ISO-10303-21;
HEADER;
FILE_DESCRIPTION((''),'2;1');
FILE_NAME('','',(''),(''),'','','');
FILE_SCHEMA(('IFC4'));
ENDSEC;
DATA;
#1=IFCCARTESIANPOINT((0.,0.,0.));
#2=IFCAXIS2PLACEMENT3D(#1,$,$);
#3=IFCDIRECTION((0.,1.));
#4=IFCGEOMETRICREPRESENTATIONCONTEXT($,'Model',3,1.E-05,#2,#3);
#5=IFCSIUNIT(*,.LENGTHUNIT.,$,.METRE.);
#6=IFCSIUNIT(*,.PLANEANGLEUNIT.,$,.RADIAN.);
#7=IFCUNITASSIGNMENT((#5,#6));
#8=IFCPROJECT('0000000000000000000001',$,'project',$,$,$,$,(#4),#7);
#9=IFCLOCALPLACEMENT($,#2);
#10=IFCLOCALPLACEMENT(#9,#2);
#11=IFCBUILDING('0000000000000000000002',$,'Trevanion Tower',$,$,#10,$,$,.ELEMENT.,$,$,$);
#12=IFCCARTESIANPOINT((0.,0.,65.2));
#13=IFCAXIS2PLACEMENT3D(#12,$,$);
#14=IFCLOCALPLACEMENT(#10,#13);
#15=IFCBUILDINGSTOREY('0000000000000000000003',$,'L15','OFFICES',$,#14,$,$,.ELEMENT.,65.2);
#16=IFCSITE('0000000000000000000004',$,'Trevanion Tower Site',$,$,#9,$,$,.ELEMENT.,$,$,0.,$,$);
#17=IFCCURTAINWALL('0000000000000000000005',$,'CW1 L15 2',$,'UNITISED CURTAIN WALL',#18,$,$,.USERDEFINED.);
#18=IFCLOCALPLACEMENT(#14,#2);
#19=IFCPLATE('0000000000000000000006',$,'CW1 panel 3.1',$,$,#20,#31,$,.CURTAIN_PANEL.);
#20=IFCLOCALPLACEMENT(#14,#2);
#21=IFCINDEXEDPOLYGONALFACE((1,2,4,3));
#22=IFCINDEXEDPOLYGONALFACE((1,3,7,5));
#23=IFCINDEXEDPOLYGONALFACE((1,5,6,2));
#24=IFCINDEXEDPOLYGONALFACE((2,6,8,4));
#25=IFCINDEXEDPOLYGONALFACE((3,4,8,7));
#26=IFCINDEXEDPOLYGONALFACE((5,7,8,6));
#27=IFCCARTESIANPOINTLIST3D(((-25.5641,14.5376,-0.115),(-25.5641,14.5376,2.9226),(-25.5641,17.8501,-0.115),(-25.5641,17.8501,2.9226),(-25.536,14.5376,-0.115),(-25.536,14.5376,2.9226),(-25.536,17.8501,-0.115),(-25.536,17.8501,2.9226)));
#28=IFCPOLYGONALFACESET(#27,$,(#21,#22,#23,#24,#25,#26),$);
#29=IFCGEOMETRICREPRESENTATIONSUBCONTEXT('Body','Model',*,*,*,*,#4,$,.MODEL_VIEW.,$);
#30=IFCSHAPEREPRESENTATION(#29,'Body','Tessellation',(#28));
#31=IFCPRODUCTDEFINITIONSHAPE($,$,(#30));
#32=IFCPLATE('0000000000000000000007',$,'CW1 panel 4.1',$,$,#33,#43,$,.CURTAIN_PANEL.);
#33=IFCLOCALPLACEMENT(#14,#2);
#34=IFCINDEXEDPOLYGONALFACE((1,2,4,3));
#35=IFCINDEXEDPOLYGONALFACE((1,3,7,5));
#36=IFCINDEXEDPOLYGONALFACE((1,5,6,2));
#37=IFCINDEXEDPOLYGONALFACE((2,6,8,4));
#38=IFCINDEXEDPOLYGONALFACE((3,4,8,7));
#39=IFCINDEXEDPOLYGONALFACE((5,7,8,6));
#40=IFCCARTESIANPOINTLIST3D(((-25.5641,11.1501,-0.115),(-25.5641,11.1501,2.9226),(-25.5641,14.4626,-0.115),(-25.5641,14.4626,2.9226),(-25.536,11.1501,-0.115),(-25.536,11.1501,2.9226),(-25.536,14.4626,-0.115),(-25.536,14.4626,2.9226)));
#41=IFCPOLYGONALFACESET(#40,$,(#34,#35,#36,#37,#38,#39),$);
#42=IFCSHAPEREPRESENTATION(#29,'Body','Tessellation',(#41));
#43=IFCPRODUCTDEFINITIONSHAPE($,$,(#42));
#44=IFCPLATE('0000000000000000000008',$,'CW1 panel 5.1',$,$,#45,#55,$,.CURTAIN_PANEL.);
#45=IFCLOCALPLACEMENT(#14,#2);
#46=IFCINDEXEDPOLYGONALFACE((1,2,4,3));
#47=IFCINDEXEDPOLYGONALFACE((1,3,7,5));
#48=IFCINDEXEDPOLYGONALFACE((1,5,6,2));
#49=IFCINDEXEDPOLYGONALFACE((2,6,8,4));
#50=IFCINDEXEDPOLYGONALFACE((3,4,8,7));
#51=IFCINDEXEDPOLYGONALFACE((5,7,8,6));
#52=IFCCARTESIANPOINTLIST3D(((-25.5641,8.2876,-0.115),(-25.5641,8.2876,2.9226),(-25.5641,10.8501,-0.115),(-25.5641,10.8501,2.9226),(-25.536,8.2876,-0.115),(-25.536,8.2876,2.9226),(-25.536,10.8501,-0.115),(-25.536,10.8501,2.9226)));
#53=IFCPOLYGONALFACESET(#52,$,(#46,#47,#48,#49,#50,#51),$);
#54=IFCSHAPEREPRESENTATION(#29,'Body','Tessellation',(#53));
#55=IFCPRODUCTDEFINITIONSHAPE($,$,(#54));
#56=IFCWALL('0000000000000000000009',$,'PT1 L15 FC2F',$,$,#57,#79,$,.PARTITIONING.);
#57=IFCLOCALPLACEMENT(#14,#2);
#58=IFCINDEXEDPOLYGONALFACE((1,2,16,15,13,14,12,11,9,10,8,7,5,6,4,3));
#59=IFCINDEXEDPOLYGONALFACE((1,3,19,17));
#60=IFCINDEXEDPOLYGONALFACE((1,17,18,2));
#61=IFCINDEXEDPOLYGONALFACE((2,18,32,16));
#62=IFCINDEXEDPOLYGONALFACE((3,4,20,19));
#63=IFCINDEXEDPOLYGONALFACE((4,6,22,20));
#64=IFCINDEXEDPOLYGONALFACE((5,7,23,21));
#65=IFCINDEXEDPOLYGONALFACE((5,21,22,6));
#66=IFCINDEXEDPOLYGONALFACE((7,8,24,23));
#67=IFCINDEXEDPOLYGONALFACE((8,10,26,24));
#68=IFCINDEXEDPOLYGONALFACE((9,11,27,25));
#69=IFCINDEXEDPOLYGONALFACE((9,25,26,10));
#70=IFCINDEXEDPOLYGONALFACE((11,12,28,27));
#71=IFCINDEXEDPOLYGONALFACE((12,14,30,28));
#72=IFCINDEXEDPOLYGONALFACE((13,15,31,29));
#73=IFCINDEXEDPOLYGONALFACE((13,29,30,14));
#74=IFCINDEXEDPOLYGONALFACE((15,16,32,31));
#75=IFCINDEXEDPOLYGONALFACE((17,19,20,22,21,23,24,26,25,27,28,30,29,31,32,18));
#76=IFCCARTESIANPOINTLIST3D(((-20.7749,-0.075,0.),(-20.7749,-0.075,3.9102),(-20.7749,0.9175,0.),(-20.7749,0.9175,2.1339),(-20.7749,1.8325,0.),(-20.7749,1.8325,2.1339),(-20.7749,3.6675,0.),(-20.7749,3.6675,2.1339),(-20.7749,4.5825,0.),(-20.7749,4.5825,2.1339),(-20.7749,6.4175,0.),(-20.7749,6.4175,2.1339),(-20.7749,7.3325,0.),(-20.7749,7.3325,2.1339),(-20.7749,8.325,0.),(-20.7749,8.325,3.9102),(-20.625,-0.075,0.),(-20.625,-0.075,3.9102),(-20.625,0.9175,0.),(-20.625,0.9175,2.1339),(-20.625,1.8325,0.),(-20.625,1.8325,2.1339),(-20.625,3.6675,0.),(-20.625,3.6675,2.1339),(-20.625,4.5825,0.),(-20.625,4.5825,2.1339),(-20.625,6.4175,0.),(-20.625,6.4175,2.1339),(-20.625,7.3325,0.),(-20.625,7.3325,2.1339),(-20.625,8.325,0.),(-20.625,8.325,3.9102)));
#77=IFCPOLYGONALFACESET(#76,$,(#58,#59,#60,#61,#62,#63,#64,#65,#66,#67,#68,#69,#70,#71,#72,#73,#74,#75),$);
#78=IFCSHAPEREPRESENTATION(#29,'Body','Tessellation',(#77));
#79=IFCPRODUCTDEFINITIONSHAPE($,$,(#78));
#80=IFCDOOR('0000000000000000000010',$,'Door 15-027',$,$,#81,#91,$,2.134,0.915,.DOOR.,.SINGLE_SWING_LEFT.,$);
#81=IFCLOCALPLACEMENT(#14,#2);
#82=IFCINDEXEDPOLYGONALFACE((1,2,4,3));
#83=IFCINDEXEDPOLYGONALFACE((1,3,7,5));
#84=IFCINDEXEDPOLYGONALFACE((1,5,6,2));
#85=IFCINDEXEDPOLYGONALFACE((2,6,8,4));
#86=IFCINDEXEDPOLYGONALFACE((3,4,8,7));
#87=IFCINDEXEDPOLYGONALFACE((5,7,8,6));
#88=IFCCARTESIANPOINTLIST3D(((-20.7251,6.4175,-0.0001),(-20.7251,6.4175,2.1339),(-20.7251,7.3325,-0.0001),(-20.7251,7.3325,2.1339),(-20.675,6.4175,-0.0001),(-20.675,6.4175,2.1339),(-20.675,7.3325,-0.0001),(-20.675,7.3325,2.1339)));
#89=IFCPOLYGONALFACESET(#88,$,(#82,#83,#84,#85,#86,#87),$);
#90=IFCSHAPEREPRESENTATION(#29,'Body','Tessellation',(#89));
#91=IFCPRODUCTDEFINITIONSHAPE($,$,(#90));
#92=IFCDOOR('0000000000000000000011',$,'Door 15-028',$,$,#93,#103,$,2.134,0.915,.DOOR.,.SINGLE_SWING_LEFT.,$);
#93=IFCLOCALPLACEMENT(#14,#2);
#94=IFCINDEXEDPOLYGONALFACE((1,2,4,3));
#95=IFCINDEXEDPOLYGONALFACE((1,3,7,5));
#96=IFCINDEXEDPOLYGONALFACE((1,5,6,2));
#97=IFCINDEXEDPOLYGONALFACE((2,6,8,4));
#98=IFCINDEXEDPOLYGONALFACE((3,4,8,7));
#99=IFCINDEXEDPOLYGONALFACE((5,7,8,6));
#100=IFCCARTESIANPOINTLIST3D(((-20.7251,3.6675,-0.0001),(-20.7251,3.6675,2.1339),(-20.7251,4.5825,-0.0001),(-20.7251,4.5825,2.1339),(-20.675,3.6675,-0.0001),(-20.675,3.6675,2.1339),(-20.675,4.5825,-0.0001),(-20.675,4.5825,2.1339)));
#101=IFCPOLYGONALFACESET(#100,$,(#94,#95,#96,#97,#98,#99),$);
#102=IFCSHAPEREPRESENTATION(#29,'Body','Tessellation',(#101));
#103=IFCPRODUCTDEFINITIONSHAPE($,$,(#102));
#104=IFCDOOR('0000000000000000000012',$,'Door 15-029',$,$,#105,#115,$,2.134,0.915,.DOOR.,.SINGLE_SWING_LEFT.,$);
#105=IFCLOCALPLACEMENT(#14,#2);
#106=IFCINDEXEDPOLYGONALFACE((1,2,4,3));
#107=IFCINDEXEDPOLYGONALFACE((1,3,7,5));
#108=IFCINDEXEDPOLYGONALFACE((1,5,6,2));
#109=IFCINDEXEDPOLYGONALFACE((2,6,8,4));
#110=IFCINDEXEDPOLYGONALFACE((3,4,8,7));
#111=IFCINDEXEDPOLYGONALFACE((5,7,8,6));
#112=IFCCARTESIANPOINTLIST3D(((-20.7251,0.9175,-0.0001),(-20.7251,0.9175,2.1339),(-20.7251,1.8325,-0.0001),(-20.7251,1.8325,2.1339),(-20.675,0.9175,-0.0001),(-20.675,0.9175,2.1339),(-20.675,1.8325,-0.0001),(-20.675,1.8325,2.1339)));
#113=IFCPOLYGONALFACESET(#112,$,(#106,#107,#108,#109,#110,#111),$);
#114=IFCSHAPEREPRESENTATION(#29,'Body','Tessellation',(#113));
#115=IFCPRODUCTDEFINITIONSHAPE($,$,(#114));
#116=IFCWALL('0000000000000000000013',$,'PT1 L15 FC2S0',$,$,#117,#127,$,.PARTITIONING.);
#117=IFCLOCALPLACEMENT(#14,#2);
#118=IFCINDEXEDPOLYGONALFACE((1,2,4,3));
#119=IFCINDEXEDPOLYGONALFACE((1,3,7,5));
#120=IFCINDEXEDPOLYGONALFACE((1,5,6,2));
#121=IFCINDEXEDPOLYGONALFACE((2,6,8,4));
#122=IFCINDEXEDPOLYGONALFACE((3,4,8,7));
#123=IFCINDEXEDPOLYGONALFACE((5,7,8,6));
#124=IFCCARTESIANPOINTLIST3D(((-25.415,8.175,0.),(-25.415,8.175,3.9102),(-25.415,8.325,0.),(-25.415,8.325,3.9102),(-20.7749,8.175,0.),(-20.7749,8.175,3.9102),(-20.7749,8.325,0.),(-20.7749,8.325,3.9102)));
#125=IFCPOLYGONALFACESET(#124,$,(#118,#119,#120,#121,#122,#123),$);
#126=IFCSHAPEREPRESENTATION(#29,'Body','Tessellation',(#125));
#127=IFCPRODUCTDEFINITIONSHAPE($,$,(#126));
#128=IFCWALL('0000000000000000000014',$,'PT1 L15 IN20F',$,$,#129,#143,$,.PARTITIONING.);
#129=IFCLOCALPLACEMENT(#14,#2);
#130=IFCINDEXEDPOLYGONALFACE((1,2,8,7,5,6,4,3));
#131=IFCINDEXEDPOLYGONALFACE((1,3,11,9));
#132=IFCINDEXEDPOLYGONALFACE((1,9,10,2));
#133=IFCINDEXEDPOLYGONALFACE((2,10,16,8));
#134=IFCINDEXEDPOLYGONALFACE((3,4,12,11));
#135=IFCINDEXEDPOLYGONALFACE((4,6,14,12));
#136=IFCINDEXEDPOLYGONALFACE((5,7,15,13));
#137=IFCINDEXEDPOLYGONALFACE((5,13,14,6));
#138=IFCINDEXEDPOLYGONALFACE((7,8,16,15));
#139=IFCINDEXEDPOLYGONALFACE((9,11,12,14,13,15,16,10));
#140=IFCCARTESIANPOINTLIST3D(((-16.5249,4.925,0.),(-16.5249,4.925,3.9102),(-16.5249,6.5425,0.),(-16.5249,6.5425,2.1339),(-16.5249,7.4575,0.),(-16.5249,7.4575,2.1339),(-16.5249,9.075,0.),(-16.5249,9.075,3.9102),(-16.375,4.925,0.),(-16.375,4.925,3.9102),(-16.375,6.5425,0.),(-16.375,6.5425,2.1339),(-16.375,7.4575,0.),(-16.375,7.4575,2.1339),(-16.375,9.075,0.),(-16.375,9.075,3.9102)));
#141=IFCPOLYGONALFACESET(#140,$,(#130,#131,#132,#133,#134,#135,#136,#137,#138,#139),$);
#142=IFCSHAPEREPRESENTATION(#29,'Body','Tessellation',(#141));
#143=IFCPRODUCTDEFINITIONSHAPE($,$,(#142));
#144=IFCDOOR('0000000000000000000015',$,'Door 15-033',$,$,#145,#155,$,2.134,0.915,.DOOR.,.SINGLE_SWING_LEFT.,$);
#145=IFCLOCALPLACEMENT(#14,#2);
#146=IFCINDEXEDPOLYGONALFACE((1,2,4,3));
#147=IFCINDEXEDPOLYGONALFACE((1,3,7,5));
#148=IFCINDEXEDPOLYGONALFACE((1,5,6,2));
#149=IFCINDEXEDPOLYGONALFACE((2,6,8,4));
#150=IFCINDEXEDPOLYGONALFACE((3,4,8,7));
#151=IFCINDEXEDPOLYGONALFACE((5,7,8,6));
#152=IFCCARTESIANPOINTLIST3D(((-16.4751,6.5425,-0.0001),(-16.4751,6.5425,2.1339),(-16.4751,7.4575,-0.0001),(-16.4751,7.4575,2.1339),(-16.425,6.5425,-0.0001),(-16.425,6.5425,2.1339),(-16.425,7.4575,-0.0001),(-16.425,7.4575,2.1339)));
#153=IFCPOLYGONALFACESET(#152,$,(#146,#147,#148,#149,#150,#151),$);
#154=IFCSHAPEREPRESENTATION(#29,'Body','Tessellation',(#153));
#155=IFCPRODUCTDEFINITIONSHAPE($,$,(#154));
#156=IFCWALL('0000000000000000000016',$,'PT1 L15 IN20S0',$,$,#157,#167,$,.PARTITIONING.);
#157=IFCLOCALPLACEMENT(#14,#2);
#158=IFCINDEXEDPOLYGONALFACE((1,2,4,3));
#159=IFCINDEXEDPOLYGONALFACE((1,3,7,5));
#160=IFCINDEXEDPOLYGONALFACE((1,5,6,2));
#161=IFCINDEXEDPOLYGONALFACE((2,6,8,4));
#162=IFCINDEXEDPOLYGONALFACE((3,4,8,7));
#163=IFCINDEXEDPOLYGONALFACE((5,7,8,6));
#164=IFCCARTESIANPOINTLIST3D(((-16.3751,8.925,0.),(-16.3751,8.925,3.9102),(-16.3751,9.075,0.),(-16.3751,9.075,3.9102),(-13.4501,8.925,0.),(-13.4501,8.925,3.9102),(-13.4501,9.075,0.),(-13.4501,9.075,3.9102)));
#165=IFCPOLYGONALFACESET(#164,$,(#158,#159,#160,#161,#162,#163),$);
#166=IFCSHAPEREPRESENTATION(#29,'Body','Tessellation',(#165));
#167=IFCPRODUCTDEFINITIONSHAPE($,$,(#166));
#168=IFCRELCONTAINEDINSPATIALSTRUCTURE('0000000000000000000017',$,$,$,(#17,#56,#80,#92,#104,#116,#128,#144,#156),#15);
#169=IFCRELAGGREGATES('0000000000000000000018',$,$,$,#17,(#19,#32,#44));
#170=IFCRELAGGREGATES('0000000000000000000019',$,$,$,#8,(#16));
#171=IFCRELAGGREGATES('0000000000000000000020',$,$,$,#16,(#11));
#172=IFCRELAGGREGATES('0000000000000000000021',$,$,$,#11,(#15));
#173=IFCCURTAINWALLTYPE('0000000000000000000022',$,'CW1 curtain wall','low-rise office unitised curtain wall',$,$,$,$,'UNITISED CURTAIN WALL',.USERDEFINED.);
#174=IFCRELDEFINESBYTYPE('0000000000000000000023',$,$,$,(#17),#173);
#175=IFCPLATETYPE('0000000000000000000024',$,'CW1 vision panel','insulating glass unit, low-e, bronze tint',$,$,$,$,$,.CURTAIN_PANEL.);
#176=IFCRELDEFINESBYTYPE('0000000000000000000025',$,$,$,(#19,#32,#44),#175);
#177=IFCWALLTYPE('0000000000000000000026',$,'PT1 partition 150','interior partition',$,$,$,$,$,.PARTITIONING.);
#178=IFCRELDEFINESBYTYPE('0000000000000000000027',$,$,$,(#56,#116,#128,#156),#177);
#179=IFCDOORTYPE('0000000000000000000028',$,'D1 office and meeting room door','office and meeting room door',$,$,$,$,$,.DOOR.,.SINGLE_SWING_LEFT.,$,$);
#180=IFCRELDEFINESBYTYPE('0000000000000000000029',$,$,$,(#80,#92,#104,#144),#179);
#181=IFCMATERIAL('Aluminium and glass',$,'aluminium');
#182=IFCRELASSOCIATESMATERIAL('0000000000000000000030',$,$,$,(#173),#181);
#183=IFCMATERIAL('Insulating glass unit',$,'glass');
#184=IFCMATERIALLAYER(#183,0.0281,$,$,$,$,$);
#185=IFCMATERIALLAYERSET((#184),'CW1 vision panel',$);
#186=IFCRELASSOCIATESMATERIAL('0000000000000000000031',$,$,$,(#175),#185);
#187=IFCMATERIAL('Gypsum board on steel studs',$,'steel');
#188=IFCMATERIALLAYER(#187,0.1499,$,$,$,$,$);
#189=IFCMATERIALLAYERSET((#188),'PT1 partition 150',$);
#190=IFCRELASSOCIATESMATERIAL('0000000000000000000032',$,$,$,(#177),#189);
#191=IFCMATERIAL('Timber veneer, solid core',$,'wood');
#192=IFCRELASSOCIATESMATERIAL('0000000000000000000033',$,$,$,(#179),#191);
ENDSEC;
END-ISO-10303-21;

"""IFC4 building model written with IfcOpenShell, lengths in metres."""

from ifc_helpers import new_model, si_unit, direction, frame, frame_2d, origin, origin_2d, place, context, subcontext, project, spatial, rectangle, extrude, material, layer, layer_set, type_object, element, fill, aggregate, save


model = new_model("IFC4")

# Units and contexts
model_context = context("Model", 3, precision=1e-05, world=origin(), true_north=direction((0.0, 1.0)))
body_context = subcontext(model_context, "Body", "Model", "MODEL_VIEW")
ifc_project = project(units=[si_unit("LENGTHUNIT", "METRE"), si_unit("PLANEANGLEUNIT", "RADIAN")], contexts=[model_context])

# Site, building, storey
site_placement = place(None, origin())
site = spatial("IfcSite", under=ifc_project, at=site_placement, Name="Trevanion Tower Site", CompositionType="ELEMENT", RefElevation=0.0)
building_placement = place(site_placement, origin())
building = spatial("IfcBuilding", under=site, at=building_placement, Name="Trevanion Tower", CompositionType="ELEMENT")
storey_placement = place(building_placement, frame((0.0, 0.0, 65.2)))
storey = spatial("IfcBuildingStorey", under=building, at=storey_placement, Name="L15", Description="OFFICES", CompositionType="ELEMENT", Elevation=65.2)

# Curtain wall
ifc_material_1 = material(Name="Aluminium and glass", Category="aluminium")
curtain_wall_type = type_object("IfcCurtainWallType", Name="CW1 curtain wall", Description="low-rise office unitised curtain wall", ElementType="UNITISED CURTAIN WALL", PredefinedType="USERDEFINED", material=ifc_material_1)
curtain_wall_placement = place(storey_placement, origin())
curtain_wall = element("IfcCurtainWall", 1, at=curtain_wall_placement, inside=storey, type_object=curtain_wall_type, Name="CW1 L15 2", ObjectType="UNITISED CURTAIN WALL", PredefinedType="USERDEFINED")

# Plates
ifc_material_2 = material(Name="Insulating glass unit", Category="glass")
ifc_layer_1 = layer(ifc_material_2, 0.0281)
ifc_layer_set_1 = layer_set([ifc_layer_1], Name="CW1 vision panel")
plate_type_1 = type_object("IfcPlateType", Name="CW1 vision panel", Description="insulating glass unit, low-e, bronze tint", PredefinedType="CURTAIN_PANEL", material=ifc_layer_set_1)
plate_1_placement = place(storey_placement, frame((-25.55, 16.1938, -0.115), z_axis=(0.0, 0.0, 1.0), x_axis=(0.0, -1.0, 0.0)))
plate_1 = element("IfcPlate", 2, at=plate_1_placement, type_object=plate_type_1, Name="CW1 panel 3.1", PredefinedType="CURTAIN_PANEL", context=body_context, shape_type="SweptSolid", body=[
    extrude(rectangle(XDim=3.3125, YDim=0.0281, at=origin_2d()), origin(), (0.0, 0.0, 1.0), 3.0376),
])
plate_2_placement = place(storey_placement, frame((-25.55, 12.8064, -0.115), z_axis=(0.0, 0.0, 1.0), x_axis=(0.0, -1.0, 0.0)))
plate_2 = element("IfcPlate", 3, at=plate_2_placement, type_object=plate_type_1, Name="CW1 panel 4.1", PredefinedType="CURTAIN_PANEL", context=body_context, shape_type="SweptSolid", body=[
    extrude(rectangle(XDim=3.3125, YDim=0.0281, at=origin_2d()), origin(), (0.0, 0.0, 1.0), 3.0376),
])
plate_3_placement = place(storey_placement, frame((-25.55, 9.5688, -0.115), z_axis=(0.0, 0.0, 1.0), x_axis=(0.0, -1.0, 0.0)))
plate_3 = element("IfcPlate", 4, at=plate_3_placement, type_object=plate_type_1, Name="CW1 panel 5.1", PredefinedType="CURTAIN_PANEL", context=body_context, shape_type="SweptSolid", body=[
    extrude(rectangle(XDim=2.5625, YDim=0.0281, at=origin_2d()), origin(), (0.0, 0.0, 1.0), 3.0376),
])
aggregate(curtain_wall, [plate_1, plate_2, plate_3])

# Wall, openings, doors
ifc_material_3 = material(Name="Gypsum board on steel studs", Category="steel")
ifc_layer_2 = layer(ifc_material_3, 0.1499)
ifc_layer_set_2 = layer_set([ifc_layer_2], Name="PT1 partition 150")
wall_type = type_object("IfcWallType", Name="PT1 partition 150", Description="interior partition", PredefinedType="PARTITIONING", material=ifc_layer_set_2)
wall_1_placement = place(storey_placement, frame((-20.7, 8.325, 0.0), z_axis=(0.0, 0.0, 1.0), x_axis=(0.0, -1.0, 0.0)))
wall_1 = element("IfcWall", 5, at=wall_1_placement, inside=storey, type_object=wall_type, Name="PT1 L15 FC2F", PredefinedType="PARTITIONING", context=body_context, shape_type="SweptSolid", body=[
    extrude(rectangle(XDim=8.3999, YDim=0.1499, at=frame_2d((4.2, 0.0))), origin(), (0.0, 0.0, 1.0), 3.9102),
])
opening_1_placement = place(wall_1_placement, frame((0.9924, 0.0, 0.0)))
opening_1 = element("IfcOpeningElement", 6, at=opening_1_placement, cuts=wall_1, PredefinedType="OPENING", context=body_context, shape_type="SweptSolid", body=[
    extrude(rectangle(XDim=0.915, YDim=2.134, at=frame_2d((0.4575, 1.0669))), frame((0.0, 0.085, 0.0), z_axis=(0.0, -1.0, 0.0), x_axis=(1.0, 0.0, 0.0)), (0.0, 0.0, 1.0), 0.1699),
])
opening_2_placement = place(wall_1_placement, frame((3.7424, 0.0, 0.0)))
opening_2 = element("IfcOpeningElement", 7, at=opening_2_placement, cuts=wall_1, PredefinedType="OPENING", context=body_context, shape_type="SweptSolid", body=[
    extrude(rectangle(XDim=0.915, YDim=2.134, at=frame_2d((0.4575, 1.0669))), frame((0.0, 0.085, 0.0), z_axis=(0.0, -1.0, 0.0), x_axis=(1.0, 0.0, 0.0)), (0.0, 0.0, 1.0), 0.1699),
])
opening_3_placement = place(wall_1_placement, frame((6.4924, 0.0, 0.0)))
opening_3 = element("IfcOpeningElement", 8, at=opening_3_placement, cuts=wall_1, PredefinedType="OPENING", context=body_context, shape_type="SweptSolid", body=[
    extrude(rectangle(XDim=0.915, YDim=2.134, at=frame_2d((0.4575, 1.0669))), frame((0.0, 0.085, 0.0), z_axis=(0.0, -1.0, 0.0), x_axis=(1.0, 0.0, 0.0)), (0.0, 0.0, 1.0), 0.1699),
])
ifc_material_4 = material(Name="Timber veneer, solid core", Category="wood")
door_type = type_object("IfcDoorType", Name="D1 office and meeting room door", Description="office and meeting room door", OperationType="SINGLE_SWING_LEFT", PredefinedType="DOOR", material=ifc_material_4)
door_1_placement = place(opening_1_placement, origin())
door_1 = element("IfcDoor", 9, at=door_1_placement, inside=storey, type_object=door_type, Name="Door 15-027", OperationType="SINGLE_SWING_LEFT", OverallHeight=2.134, OverallWidth=0.915, PredefinedType="DOOR", context=body_context, shape_type="SweptSolid", body=[
    extrude(rectangle(XDim=0.915, YDim=2.134, at=frame_2d((0.4575, 1.0669))), frame((0.0, 0.0249, 0.0), z_axis=(0.0, -1.0, 0.0), x_axis=(1.0, 0.0, 0.0)), (0.0, 0.0, 1.0), 0.05),
])
fill(opening_1, door_1)
door_2_placement = place(opening_2_placement, origin())
door_2 = element("IfcDoor", 10, at=door_2_placement, inside=storey, type_object=door_type, Name="Door 15-028", OperationType="SINGLE_SWING_LEFT", OverallHeight=2.134, OverallWidth=0.915, PredefinedType="DOOR", context=body_context, shape_type="SweptSolid", body=[
    extrude(rectangle(XDim=0.915, YDim=2.134, at=frame_2d((0.4575, 1.0669))), frame((0.0, 0.0249, 0.0), z_axis=(0.0, -1.0, 0.0), x_axis=(1.0, 0.0, 0.0)), (0.0, 0.0, 1.0), 0.05),
])
fill(opening_2, door_2)
door_3_placement = place(opening_3_placement, origin())
door_3 = element("IfcDoor", 11, at=door_3_placement, inside=storey, type_object=door_type, Name="Door 15-029", OperationType="SINGLE_SWING_LEFT", OverallHeight=2.134, OverallWidth=0.915, PredefinedType="DOOR", context=body_context, shape_type="SweptSolid", body=[
    extrude(rectangle(XDim=0.915, YDim=2.134, at=frame_2d((0.4575, 1.0669))), frame((0.0, 0.0249, 0.0), z_axis=(0.0, -1.0, 0.0), x_axis=(1.0, 0.0, 0.0)), (0.0, 0.0, 1.0), 0.05),
])
fill(opening_3, door_3)

# Wall
wall_2_placement = place(storey_placement, frame((-20.7749, 8.25, 0.0), z_axis=(0.0, 0.0, 1.0), x_axis=(-1.0, 0.0, 0.0)))
element("IfcWall", 12, at=wall_2_placement, inside=storey, type_object=wall_type, Name="PT1 L15 FC2S0", PredefinedType="PARTITIONING", context=body_context, shape_type="SweptSolid", body=[
    extrude(rectangle(XDim=4.6401, YDim=0.1499, at=frame_2d((2.3201, 0.0))), origin(), (0.0, 0.0, 1.0), 3.9102),
])

# Wall, opening, door
wall_3_placement = place(storey_placement, frame((-16.45, 9.075, 0.0), z_axis=(0.0, 0.0, 1.0), x_axis=(0.0, -1.0, 0.0)))
wall_3 = element("IfcWall", 13, at=wall_3_placement, inside=storey, type_object=wall_type, Name="PT1 L15 IN20F", PredefinedType="PARTITIONING", context=body_context, shape_type="SweptSolid", body=[
    extrude(rectangle(XDim=4.1499, YDim=0.1499, at=frame_2d((2.075, 0.0))), origin(), (0.0, 0.0, 1.0), 3.9102),
])
opening_4_placement = place(wall_3_placement, frame((1.6174, 0.0, 0.0)))
opening_4 = element("IfcOpeningElement", 14, at=opening_4_placement, cuts=wall_3, PredefinedType="OPENING", context=body_context, shape_type="SweptSolid", body=[
    extrude(rectangle(XDim=0.915, YDim=2.134, at=frame_2d((0.4575, 1.0669))), frame((0.0, 0.085, 0.0), z_axis=(0.0, -1.0, 0.0), x_axis=(1.0, 0.0, 0.0)), (0.0, 0.0, 1.0), 0.1699),
])
door_4_placement = place(opening_4_placement, origin())
door_4 = element("IfcDoor", 15, at=door_4_placement, inside=storey, type_object=door_type, Name="Door 15-033", OperationType="SINGLE_SWING_LEFT", OverallHeight=2.134, OverallWidth=0.915, PredefinedType="DOOR", context=body_context, shape_type="SweptSolid", body=[
    extrude(rectangle(XDim=0.915, YDim=2.134, at=frame_2d((0.4575, 1.0669))), frame((0.0, 0.0249, 0.0), z_axis=(0.0, -1.0, 0.0), x_axis=(1.0, 0.0, 0.0)), (0.0, 0.0, 1.0), 0.05),
])
fill(opening_4, door_4)

# Wall
wall_4_placement = place(storey_placement, frame((-16.375, 9.0, 0.0), z_axis=(0.0, 0.0, 1.0), x_axis=(1.0, 0.0, 0.0)))
element("IfcWall", 16, at=wall_4_placement, inside=storey, type_object=wall_type, Name="PT1 L15 IN20S0", PredefinedType="PARTITIONING", context=body_context, shape_type="SweptSolid", body=[
    extrude(rectangle(XDim=2.925, YDim=0.1499, at=frame_2d((1.4624, 0.0))), origin(), (0.0, 0.0, 1.0), 3.9102),
])

save(model, "model.ifc")
